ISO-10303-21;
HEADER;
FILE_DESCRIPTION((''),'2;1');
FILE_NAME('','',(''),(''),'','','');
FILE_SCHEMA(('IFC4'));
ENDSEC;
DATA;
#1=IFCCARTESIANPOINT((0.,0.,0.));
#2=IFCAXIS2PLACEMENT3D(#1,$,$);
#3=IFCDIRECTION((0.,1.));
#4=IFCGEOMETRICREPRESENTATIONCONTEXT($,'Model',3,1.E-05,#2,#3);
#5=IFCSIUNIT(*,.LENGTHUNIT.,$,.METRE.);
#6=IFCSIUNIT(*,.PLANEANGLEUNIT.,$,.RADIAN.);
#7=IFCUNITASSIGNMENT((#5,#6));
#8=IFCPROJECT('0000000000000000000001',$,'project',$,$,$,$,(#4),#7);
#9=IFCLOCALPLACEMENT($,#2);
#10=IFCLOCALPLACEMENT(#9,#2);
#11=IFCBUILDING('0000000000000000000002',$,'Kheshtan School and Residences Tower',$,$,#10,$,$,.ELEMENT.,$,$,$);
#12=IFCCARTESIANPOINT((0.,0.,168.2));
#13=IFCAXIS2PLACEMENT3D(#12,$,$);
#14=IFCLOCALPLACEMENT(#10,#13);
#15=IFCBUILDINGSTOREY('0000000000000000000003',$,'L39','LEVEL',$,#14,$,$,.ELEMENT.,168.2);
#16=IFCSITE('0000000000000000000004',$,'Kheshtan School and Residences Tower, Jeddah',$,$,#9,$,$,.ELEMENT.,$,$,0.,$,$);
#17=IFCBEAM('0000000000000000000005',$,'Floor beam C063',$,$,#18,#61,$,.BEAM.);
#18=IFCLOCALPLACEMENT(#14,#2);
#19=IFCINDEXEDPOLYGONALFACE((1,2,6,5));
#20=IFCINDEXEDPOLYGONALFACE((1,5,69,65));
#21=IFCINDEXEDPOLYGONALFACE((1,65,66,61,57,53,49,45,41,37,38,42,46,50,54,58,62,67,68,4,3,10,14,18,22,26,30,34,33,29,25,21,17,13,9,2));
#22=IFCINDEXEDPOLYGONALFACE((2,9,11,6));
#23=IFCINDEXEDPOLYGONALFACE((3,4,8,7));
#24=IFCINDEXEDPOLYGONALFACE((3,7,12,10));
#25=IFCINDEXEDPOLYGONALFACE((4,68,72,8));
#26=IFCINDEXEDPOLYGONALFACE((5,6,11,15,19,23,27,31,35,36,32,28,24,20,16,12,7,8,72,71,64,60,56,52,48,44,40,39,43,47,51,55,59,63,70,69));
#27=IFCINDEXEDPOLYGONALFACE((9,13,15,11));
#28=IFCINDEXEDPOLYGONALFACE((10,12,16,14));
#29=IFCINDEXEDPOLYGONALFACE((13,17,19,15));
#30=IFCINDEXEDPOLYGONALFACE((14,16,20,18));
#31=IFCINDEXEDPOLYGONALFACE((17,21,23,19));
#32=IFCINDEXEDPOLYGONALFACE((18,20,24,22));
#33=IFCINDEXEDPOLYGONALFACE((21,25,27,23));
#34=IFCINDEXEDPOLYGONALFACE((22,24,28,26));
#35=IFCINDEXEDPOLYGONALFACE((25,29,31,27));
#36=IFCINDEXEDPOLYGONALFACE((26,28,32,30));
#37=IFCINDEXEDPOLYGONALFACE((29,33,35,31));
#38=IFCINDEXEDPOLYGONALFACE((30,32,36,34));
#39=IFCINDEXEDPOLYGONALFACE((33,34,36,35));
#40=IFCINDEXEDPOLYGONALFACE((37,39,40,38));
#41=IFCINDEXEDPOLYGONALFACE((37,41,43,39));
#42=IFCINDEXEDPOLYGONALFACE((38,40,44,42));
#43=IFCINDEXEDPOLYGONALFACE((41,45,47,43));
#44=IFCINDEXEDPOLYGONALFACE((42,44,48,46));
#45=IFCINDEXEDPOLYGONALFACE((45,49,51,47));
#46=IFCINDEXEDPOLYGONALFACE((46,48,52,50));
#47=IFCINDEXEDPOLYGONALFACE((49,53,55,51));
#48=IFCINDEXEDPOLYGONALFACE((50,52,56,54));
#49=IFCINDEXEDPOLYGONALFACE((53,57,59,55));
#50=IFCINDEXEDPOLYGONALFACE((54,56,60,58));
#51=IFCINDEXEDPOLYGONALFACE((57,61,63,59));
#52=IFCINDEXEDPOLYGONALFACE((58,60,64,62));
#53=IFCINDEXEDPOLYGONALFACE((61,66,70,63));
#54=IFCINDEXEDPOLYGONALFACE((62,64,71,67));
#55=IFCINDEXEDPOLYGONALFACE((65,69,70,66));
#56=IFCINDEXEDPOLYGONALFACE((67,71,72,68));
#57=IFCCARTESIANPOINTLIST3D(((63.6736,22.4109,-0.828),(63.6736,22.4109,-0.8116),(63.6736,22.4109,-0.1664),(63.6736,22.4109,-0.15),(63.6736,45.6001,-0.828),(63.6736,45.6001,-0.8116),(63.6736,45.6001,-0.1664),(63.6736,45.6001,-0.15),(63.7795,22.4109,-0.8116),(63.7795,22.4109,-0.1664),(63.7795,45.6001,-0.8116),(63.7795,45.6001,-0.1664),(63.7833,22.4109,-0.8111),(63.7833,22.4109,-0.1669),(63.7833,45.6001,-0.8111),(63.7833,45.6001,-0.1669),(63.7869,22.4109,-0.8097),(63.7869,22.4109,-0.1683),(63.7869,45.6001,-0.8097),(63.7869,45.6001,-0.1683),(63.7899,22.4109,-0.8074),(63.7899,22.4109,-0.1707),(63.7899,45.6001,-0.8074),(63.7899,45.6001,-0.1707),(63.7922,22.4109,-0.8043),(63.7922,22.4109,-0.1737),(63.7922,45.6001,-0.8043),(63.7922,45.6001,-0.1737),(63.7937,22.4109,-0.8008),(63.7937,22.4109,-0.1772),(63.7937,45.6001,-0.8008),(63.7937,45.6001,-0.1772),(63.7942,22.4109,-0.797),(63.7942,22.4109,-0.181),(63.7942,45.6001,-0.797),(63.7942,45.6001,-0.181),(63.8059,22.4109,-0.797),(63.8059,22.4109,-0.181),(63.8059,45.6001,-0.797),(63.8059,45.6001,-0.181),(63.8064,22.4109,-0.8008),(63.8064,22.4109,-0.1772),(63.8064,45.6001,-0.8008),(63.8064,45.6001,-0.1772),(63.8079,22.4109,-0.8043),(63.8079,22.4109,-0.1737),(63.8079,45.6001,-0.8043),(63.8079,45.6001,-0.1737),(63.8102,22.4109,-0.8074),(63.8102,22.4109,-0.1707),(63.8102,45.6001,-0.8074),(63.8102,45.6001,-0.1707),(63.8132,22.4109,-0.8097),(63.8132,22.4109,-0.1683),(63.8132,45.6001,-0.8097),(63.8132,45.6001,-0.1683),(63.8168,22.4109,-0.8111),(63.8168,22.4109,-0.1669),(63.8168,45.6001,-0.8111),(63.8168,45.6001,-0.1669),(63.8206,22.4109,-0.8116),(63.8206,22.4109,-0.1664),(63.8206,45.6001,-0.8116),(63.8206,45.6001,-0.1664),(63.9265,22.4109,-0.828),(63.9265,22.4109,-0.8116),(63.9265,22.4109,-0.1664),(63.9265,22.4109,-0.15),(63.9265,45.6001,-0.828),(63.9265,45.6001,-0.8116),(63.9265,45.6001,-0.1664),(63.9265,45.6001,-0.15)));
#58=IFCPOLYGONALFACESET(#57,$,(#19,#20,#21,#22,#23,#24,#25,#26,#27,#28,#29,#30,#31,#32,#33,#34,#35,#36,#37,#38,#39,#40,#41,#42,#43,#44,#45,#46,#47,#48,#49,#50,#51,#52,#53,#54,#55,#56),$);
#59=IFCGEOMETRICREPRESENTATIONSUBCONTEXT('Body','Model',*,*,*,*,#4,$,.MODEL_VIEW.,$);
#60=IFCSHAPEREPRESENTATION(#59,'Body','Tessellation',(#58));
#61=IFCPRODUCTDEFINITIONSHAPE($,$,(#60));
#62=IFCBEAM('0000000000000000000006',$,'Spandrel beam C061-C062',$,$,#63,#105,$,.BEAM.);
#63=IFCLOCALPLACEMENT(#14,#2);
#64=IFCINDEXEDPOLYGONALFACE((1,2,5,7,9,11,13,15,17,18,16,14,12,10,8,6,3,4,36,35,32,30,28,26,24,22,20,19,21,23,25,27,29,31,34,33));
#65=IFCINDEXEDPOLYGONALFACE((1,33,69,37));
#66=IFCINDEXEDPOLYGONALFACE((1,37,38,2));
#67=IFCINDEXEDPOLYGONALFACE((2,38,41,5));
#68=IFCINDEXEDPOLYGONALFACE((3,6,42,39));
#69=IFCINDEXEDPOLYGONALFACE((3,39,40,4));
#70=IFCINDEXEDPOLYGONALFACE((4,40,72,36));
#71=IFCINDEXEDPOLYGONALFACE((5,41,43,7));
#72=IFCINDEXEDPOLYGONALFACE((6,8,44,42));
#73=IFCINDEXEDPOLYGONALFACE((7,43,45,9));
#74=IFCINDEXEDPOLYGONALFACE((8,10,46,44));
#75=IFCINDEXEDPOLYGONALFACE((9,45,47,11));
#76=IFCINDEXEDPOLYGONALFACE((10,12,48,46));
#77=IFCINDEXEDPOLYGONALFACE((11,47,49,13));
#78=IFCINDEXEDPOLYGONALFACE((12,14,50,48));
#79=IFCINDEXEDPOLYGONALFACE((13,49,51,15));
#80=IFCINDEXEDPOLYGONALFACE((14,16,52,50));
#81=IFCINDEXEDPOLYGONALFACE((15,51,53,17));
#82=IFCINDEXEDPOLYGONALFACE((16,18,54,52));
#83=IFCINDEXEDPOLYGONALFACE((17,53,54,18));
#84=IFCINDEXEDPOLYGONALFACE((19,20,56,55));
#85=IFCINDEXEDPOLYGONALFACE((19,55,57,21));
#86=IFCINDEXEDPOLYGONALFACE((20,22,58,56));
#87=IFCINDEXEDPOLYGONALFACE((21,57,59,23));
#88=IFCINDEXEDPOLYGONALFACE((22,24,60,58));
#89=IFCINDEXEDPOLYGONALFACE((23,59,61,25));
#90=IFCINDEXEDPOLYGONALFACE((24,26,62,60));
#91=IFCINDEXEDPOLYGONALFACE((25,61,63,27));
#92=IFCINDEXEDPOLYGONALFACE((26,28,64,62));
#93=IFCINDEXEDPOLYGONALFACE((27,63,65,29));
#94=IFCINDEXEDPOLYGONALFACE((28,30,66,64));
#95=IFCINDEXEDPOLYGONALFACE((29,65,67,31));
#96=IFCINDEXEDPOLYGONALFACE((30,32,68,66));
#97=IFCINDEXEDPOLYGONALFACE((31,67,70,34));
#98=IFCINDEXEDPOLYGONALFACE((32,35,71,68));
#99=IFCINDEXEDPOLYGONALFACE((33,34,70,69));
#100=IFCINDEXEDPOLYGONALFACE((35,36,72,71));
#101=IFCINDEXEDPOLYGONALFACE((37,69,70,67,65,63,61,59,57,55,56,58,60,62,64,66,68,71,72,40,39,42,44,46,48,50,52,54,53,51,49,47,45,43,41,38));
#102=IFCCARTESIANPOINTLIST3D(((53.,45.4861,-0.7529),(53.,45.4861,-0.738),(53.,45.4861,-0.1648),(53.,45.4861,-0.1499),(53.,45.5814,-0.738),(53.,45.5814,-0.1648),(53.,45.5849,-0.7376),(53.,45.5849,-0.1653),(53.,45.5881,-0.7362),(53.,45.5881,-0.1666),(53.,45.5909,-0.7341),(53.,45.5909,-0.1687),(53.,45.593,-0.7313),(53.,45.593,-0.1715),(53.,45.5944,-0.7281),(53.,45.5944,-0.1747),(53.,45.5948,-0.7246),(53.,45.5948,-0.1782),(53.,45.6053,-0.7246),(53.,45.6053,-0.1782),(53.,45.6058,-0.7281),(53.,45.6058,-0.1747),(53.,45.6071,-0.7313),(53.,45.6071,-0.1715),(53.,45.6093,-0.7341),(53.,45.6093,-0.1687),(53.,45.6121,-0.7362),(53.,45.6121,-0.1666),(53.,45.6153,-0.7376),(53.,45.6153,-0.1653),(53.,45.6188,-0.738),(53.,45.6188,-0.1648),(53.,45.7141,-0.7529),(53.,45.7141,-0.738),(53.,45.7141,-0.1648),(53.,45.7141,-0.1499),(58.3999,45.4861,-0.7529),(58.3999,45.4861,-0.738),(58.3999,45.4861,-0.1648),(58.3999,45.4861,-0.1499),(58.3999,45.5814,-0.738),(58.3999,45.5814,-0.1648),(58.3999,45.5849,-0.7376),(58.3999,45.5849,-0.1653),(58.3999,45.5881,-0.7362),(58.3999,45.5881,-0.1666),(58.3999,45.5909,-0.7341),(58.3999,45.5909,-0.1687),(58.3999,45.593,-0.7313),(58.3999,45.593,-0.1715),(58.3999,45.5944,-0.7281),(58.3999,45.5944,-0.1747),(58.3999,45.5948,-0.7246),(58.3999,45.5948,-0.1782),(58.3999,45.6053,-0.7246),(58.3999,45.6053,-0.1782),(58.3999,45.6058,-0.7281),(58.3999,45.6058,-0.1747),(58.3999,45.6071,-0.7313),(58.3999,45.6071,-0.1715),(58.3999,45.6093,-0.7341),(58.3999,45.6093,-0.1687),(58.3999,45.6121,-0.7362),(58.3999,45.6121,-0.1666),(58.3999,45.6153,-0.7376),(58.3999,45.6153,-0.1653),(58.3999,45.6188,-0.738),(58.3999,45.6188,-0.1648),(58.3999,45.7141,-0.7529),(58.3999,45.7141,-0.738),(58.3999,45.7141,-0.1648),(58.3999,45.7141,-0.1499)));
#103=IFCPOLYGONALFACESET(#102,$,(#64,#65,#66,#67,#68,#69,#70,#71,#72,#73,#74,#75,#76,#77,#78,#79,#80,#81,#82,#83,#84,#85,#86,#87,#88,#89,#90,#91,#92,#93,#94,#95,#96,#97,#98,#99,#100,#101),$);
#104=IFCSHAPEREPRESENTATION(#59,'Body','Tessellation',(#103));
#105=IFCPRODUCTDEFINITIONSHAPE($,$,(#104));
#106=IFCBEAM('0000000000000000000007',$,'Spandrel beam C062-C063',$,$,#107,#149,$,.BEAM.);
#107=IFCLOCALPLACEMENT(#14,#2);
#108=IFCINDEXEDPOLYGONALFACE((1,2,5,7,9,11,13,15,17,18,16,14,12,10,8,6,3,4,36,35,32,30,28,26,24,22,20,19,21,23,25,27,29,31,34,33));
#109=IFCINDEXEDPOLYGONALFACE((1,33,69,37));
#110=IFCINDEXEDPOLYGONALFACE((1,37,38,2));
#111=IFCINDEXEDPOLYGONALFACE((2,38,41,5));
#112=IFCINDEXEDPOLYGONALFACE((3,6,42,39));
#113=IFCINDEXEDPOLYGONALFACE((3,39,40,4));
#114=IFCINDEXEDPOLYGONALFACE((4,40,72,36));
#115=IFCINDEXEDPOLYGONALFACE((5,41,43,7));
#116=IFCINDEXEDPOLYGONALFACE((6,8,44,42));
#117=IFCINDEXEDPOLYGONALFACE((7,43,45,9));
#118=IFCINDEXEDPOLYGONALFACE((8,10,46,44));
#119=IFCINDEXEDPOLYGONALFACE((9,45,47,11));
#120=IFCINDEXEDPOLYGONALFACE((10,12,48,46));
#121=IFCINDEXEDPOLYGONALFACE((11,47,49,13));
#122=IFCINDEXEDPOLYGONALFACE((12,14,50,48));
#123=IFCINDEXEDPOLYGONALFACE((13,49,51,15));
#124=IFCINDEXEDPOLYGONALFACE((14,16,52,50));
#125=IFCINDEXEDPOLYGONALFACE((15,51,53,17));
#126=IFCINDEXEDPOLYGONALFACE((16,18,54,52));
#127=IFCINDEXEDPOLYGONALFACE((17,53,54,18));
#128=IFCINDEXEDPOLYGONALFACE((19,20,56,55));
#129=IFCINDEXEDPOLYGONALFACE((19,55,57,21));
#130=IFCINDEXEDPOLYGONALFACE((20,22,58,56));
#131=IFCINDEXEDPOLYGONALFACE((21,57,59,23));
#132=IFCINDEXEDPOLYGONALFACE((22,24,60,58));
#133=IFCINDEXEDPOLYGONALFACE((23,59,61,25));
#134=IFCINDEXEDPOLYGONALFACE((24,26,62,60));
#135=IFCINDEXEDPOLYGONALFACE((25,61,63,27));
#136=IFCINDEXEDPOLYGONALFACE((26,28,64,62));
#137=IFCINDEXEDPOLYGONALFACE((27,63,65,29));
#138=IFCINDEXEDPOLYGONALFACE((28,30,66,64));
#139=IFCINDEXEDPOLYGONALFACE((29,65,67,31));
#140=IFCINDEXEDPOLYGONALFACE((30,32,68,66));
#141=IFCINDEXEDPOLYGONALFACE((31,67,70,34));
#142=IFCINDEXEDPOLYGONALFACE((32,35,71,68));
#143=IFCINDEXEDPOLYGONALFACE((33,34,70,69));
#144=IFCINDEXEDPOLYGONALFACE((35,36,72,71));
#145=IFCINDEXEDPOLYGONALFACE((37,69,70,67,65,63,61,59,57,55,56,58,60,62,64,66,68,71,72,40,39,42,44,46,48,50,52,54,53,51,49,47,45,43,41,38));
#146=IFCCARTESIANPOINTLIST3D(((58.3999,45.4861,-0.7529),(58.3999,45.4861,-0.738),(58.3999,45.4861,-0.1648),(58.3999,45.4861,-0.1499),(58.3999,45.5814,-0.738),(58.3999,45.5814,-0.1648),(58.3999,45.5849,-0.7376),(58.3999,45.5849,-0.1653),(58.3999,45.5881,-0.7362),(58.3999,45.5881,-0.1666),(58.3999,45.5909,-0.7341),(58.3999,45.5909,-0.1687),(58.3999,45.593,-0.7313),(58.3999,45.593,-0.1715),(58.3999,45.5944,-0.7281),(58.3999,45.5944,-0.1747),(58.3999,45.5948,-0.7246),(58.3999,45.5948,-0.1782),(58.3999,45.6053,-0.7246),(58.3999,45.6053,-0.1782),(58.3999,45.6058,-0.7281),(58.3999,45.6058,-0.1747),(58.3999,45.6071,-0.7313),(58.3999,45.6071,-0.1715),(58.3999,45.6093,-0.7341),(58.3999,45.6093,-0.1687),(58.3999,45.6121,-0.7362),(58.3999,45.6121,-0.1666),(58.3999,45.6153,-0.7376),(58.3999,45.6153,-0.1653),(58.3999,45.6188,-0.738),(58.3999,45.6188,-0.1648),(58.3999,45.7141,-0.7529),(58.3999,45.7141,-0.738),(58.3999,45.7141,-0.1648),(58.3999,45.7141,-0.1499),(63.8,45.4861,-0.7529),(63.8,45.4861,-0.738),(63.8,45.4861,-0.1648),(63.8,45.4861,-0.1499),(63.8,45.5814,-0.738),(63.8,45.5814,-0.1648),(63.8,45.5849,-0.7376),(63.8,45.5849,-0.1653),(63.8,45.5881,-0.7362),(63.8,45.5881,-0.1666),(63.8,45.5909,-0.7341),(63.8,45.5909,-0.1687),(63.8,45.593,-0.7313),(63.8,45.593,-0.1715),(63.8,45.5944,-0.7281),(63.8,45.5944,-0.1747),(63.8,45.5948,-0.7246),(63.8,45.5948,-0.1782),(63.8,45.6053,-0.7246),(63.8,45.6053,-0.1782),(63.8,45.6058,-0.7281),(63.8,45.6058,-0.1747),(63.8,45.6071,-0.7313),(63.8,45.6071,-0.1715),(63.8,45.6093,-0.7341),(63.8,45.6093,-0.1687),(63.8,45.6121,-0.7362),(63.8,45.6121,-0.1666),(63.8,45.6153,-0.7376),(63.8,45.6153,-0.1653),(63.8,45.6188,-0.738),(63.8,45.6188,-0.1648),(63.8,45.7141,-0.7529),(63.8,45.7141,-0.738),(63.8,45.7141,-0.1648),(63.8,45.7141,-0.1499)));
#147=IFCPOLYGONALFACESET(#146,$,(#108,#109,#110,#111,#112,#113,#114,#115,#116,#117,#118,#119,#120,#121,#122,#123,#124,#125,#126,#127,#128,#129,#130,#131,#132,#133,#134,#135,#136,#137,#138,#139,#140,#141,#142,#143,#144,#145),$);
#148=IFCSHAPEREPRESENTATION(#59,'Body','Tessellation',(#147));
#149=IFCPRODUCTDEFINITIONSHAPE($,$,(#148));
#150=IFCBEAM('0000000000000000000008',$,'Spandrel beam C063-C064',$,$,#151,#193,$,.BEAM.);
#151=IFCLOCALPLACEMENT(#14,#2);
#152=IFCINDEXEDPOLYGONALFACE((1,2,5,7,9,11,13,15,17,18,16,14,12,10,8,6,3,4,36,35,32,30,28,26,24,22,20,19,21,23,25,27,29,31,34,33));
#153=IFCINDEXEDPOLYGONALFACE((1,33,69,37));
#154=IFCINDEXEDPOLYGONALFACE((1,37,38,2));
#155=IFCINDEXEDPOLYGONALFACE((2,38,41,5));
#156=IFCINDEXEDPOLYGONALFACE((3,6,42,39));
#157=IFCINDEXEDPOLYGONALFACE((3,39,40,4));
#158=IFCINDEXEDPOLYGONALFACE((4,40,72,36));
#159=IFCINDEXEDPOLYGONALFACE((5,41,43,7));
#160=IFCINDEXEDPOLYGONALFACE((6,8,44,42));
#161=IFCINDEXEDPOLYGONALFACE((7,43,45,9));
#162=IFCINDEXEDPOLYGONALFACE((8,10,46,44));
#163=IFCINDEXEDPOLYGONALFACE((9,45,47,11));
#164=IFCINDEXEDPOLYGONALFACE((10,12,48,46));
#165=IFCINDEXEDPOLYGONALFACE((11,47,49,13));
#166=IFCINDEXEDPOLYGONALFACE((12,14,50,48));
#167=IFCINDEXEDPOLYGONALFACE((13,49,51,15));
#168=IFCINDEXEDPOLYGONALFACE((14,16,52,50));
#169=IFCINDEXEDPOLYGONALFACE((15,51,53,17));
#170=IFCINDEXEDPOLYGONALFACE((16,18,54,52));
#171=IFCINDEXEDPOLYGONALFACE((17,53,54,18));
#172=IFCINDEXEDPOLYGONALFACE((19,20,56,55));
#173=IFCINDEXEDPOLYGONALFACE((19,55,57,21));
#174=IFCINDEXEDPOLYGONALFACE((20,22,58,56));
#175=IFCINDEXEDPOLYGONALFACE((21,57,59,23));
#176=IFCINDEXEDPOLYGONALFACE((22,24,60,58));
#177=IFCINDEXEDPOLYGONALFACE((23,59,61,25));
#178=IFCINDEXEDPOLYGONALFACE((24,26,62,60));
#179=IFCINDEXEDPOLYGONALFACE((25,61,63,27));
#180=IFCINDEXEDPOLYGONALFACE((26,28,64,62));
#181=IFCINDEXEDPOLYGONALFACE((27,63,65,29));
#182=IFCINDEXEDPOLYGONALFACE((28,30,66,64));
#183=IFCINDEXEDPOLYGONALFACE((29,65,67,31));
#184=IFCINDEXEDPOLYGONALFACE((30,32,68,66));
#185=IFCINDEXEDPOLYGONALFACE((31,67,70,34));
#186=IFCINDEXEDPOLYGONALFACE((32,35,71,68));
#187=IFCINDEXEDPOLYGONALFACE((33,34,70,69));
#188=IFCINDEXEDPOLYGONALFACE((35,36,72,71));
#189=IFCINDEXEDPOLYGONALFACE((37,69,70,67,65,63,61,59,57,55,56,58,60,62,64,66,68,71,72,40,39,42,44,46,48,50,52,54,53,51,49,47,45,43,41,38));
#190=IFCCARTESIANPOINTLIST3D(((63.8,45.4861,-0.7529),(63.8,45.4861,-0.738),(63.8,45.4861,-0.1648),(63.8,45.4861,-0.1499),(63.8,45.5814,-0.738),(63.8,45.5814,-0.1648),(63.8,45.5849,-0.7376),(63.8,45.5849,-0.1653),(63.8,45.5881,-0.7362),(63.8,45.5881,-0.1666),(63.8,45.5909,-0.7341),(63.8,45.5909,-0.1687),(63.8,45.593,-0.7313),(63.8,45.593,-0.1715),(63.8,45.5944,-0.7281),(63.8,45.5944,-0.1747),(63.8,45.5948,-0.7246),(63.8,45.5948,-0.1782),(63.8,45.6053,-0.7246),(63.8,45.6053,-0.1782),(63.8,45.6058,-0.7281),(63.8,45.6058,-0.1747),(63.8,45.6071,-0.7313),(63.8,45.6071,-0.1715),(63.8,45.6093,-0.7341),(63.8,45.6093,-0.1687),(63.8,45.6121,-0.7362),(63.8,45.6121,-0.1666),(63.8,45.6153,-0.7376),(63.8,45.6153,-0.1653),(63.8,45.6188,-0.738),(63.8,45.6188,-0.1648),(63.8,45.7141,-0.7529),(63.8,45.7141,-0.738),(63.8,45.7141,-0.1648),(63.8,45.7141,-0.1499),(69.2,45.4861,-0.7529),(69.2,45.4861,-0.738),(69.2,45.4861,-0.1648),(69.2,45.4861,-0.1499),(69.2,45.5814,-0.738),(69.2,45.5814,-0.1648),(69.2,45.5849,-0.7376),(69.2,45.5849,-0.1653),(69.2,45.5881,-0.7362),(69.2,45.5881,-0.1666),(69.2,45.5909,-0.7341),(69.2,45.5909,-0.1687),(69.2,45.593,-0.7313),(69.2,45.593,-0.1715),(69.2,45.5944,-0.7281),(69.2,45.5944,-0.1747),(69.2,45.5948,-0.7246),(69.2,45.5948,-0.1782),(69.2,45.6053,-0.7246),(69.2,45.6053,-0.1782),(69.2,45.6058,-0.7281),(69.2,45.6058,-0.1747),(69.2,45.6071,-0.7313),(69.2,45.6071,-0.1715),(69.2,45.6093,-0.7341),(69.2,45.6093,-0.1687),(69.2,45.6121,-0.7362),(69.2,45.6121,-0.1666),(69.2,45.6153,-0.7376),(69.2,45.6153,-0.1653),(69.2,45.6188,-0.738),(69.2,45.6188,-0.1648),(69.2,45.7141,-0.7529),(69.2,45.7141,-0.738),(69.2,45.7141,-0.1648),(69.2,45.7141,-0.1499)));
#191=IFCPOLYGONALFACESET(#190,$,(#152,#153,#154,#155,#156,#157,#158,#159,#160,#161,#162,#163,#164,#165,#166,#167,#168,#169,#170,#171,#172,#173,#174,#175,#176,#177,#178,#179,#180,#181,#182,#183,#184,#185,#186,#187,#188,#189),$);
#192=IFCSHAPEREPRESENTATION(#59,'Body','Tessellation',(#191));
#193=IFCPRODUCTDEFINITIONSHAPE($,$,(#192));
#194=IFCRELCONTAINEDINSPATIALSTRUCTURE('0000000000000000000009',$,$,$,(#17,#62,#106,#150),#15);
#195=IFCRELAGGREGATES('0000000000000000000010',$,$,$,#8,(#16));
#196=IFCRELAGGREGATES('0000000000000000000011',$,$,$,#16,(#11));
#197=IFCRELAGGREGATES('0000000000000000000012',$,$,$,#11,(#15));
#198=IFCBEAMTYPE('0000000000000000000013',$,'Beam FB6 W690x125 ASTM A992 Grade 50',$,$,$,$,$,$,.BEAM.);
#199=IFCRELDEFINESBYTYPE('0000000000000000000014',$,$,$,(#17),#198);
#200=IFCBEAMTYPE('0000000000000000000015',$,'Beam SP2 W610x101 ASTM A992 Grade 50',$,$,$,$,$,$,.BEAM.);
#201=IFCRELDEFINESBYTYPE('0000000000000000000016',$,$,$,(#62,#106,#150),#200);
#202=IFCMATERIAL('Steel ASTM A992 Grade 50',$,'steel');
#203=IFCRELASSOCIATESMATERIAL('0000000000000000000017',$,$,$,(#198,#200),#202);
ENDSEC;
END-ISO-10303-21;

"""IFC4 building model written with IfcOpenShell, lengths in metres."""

from ifc_helpers import new_model, si_unit, direction, frame, origin, origin_2d, place, context, subcontext, project, spatial, i_section, extrude, material, material_profile, profile_set, type_object, element, save


model = new_model("IFC4")

# Units and contexts
model_context = context("Model", 3, precision=1e-05, world=origin(), true_north=direction((0.0, 1.0)))
body_context = subcontext(model_context, "Body", "Model", "MODEL_VIEW")
ifc_project = project(units=[si_unit("LENGTHUNIT", "METRE"), si_unit("PLANEANGLEUNIT", "RADIAN")], contexts=[model_context])

# Site, building, storey
site_placement = place(None, origin())
site = spatial("IfcSite", under=ifc_project, at=site_placement, Name="Kheshtan School and Residences Tower, Jeddah", CompositionType="ELEMENT", RefElevation=0.0)
building_placement = place(site_placement, origin())
building = spatial("IfcBuilding", under=site, at=building_placement, Name="Kheshtan School and Residences Tower", CompositionType="ELEMENT")
storey_placement = place(building_placement, frame((0.0, 0.0, 168.2)))
storey = spatial("IfcBuildingStorey", under=building, at=storey_placement, Name="L39", Description="LEVEL", CompositionType="ELEMENT", Elevation=168.2)

# Shared definitions
ifc_material_1 = material(Name="Steel ASTM A992 Grade 50", Category="steel")

# Beams
ifc_material_profile_1 = material_profile(ifc_material_1, i_section(OverallWidth=0.2529, OverallDepth=0.678, WebThickness=0.0117, FlangeThickness=0.0164, FilletRadius=0.0146, at=origin_2d()), Name="W690x125")
ifc_profile_set_1 = profile_set([ifc_material_profile_1], Name="Steel ASTM A992 Grade 50")
beam_type_1 = type_object("IfcBeamType", Name="Beam FB6 W690x125 ASTM A992 Grade 50", PredefinedType="BEAM", material=ifc_profile_set_1)
beam_1_placement = place(storey_placement, frame((63.8, 45.6001, -0.489), z_axis=(0.0, -1.0, 0.0), x_axis=(1.0, 0.0, 0.0)))
element("IfcBeam", 1, at=beam_1_placement, inside=storey, type_object=beam_type_1, Name="Floor beam C063", PredefinedType="BEAM", context=body_context, shape_type="SweptSolid", body=[
    extrude(i_section(OverallWidth=0.2529, OverallDepth=0.678, WebThickness=0.0117, FlangeThickness=0.0164, FilletRadius=0.0146, at=origin_2d()), origin(), (0.0, 0.0, 1.0), 23.1892),
])
ifc_material_profile_2 = material_profile(ifc_material_1, i_section(OverallWidth=0.228, OverallDepth=0.603, WebThickness=0.0105, FlangeThickness=0.0149, FilletRadius=0.0134, at=origin_2d()), Name="W610x101")
ifc_profile_set_2 = profile_set([ifc_material_profile_2], Name="Steel ASTM A992 Grade 50")
beam_type_2 = type_object("IfcBeamType", Name="Beam SP2 W610x101 ASTM A992 Grade 50", PredefinedType="BEAM", material=ifc_profile_set_2)
beam_2_placement = place(storey_placement, frame((53.0, 45.6001, -0.4514), z_axis=(1.0, 0.0, 0.0), x_axis=(0.0, 1.0, 0.0)))
element("IfcBeam", 2, at=beam_2_placement, inside=storey, type_object=beam_type_2, Name="Spandrel beam C061-C062", PredefinedType="BEAM", context=body_context, shape_type="SweptSolid", body=[
    extrude(i_section(OverallWidth=0.228, OverallDepth=0.603, WebThickness=0.0105, FlangeThickness=0.0149, FilletRadius=0.0134, at=origin_2d()), origin(), (0.0, 0.0, 1.0), 5.3999),
])
beam_3_placement = place(storey_placement, frame((58.3999, 45.6001, -0.4514), z_axis=(1.0, 0.0, 0.0), x_axis=(0.0, 1.0, 0.0)))
element("IfcBeam", 3, at=beam_3_placement, inside=storey, type_object=beam_type_2, Name="Spandrel beam C062-C063", PredefinedType="BEAM", context=body_context, shape_type="SweptSolid", body=[
    extrude(i_section(OverallWidth=0.228, OverallDepth=0.603, WebThickness=0.0105, FlangeThickness=0.0149, FilletRadius=0.0134, at=origin_2d()), origin(), (0.0, 0.0, 1.0), 5.4001),
])
beam_4_placement = place(storey_placement, frame((63.8, 45.6001, -0.4514), z_axis=(1.0, 0.0, 0.0), x_axis=(0.0, 1.0, 0.0)))
element("IfcBeam", 4, at=beam_4_placement, inside=storey, type_object=beam_type_2, Name="Spandrel beam C063-C064", PredefinedType="BEAM", context=body_context, shape_type="SweptSolid", body=[
    extrude(i_section(OverallWidth=0.228, OverallDepth=0.603, WebThickness=0.0105, FlangeThickness=0.0149, FilletRadius=0.0134, at=origin_2d()), origin(), (0.0, 0.0, 1.0), 5.3999),
])

save(model, "model.ifc")
